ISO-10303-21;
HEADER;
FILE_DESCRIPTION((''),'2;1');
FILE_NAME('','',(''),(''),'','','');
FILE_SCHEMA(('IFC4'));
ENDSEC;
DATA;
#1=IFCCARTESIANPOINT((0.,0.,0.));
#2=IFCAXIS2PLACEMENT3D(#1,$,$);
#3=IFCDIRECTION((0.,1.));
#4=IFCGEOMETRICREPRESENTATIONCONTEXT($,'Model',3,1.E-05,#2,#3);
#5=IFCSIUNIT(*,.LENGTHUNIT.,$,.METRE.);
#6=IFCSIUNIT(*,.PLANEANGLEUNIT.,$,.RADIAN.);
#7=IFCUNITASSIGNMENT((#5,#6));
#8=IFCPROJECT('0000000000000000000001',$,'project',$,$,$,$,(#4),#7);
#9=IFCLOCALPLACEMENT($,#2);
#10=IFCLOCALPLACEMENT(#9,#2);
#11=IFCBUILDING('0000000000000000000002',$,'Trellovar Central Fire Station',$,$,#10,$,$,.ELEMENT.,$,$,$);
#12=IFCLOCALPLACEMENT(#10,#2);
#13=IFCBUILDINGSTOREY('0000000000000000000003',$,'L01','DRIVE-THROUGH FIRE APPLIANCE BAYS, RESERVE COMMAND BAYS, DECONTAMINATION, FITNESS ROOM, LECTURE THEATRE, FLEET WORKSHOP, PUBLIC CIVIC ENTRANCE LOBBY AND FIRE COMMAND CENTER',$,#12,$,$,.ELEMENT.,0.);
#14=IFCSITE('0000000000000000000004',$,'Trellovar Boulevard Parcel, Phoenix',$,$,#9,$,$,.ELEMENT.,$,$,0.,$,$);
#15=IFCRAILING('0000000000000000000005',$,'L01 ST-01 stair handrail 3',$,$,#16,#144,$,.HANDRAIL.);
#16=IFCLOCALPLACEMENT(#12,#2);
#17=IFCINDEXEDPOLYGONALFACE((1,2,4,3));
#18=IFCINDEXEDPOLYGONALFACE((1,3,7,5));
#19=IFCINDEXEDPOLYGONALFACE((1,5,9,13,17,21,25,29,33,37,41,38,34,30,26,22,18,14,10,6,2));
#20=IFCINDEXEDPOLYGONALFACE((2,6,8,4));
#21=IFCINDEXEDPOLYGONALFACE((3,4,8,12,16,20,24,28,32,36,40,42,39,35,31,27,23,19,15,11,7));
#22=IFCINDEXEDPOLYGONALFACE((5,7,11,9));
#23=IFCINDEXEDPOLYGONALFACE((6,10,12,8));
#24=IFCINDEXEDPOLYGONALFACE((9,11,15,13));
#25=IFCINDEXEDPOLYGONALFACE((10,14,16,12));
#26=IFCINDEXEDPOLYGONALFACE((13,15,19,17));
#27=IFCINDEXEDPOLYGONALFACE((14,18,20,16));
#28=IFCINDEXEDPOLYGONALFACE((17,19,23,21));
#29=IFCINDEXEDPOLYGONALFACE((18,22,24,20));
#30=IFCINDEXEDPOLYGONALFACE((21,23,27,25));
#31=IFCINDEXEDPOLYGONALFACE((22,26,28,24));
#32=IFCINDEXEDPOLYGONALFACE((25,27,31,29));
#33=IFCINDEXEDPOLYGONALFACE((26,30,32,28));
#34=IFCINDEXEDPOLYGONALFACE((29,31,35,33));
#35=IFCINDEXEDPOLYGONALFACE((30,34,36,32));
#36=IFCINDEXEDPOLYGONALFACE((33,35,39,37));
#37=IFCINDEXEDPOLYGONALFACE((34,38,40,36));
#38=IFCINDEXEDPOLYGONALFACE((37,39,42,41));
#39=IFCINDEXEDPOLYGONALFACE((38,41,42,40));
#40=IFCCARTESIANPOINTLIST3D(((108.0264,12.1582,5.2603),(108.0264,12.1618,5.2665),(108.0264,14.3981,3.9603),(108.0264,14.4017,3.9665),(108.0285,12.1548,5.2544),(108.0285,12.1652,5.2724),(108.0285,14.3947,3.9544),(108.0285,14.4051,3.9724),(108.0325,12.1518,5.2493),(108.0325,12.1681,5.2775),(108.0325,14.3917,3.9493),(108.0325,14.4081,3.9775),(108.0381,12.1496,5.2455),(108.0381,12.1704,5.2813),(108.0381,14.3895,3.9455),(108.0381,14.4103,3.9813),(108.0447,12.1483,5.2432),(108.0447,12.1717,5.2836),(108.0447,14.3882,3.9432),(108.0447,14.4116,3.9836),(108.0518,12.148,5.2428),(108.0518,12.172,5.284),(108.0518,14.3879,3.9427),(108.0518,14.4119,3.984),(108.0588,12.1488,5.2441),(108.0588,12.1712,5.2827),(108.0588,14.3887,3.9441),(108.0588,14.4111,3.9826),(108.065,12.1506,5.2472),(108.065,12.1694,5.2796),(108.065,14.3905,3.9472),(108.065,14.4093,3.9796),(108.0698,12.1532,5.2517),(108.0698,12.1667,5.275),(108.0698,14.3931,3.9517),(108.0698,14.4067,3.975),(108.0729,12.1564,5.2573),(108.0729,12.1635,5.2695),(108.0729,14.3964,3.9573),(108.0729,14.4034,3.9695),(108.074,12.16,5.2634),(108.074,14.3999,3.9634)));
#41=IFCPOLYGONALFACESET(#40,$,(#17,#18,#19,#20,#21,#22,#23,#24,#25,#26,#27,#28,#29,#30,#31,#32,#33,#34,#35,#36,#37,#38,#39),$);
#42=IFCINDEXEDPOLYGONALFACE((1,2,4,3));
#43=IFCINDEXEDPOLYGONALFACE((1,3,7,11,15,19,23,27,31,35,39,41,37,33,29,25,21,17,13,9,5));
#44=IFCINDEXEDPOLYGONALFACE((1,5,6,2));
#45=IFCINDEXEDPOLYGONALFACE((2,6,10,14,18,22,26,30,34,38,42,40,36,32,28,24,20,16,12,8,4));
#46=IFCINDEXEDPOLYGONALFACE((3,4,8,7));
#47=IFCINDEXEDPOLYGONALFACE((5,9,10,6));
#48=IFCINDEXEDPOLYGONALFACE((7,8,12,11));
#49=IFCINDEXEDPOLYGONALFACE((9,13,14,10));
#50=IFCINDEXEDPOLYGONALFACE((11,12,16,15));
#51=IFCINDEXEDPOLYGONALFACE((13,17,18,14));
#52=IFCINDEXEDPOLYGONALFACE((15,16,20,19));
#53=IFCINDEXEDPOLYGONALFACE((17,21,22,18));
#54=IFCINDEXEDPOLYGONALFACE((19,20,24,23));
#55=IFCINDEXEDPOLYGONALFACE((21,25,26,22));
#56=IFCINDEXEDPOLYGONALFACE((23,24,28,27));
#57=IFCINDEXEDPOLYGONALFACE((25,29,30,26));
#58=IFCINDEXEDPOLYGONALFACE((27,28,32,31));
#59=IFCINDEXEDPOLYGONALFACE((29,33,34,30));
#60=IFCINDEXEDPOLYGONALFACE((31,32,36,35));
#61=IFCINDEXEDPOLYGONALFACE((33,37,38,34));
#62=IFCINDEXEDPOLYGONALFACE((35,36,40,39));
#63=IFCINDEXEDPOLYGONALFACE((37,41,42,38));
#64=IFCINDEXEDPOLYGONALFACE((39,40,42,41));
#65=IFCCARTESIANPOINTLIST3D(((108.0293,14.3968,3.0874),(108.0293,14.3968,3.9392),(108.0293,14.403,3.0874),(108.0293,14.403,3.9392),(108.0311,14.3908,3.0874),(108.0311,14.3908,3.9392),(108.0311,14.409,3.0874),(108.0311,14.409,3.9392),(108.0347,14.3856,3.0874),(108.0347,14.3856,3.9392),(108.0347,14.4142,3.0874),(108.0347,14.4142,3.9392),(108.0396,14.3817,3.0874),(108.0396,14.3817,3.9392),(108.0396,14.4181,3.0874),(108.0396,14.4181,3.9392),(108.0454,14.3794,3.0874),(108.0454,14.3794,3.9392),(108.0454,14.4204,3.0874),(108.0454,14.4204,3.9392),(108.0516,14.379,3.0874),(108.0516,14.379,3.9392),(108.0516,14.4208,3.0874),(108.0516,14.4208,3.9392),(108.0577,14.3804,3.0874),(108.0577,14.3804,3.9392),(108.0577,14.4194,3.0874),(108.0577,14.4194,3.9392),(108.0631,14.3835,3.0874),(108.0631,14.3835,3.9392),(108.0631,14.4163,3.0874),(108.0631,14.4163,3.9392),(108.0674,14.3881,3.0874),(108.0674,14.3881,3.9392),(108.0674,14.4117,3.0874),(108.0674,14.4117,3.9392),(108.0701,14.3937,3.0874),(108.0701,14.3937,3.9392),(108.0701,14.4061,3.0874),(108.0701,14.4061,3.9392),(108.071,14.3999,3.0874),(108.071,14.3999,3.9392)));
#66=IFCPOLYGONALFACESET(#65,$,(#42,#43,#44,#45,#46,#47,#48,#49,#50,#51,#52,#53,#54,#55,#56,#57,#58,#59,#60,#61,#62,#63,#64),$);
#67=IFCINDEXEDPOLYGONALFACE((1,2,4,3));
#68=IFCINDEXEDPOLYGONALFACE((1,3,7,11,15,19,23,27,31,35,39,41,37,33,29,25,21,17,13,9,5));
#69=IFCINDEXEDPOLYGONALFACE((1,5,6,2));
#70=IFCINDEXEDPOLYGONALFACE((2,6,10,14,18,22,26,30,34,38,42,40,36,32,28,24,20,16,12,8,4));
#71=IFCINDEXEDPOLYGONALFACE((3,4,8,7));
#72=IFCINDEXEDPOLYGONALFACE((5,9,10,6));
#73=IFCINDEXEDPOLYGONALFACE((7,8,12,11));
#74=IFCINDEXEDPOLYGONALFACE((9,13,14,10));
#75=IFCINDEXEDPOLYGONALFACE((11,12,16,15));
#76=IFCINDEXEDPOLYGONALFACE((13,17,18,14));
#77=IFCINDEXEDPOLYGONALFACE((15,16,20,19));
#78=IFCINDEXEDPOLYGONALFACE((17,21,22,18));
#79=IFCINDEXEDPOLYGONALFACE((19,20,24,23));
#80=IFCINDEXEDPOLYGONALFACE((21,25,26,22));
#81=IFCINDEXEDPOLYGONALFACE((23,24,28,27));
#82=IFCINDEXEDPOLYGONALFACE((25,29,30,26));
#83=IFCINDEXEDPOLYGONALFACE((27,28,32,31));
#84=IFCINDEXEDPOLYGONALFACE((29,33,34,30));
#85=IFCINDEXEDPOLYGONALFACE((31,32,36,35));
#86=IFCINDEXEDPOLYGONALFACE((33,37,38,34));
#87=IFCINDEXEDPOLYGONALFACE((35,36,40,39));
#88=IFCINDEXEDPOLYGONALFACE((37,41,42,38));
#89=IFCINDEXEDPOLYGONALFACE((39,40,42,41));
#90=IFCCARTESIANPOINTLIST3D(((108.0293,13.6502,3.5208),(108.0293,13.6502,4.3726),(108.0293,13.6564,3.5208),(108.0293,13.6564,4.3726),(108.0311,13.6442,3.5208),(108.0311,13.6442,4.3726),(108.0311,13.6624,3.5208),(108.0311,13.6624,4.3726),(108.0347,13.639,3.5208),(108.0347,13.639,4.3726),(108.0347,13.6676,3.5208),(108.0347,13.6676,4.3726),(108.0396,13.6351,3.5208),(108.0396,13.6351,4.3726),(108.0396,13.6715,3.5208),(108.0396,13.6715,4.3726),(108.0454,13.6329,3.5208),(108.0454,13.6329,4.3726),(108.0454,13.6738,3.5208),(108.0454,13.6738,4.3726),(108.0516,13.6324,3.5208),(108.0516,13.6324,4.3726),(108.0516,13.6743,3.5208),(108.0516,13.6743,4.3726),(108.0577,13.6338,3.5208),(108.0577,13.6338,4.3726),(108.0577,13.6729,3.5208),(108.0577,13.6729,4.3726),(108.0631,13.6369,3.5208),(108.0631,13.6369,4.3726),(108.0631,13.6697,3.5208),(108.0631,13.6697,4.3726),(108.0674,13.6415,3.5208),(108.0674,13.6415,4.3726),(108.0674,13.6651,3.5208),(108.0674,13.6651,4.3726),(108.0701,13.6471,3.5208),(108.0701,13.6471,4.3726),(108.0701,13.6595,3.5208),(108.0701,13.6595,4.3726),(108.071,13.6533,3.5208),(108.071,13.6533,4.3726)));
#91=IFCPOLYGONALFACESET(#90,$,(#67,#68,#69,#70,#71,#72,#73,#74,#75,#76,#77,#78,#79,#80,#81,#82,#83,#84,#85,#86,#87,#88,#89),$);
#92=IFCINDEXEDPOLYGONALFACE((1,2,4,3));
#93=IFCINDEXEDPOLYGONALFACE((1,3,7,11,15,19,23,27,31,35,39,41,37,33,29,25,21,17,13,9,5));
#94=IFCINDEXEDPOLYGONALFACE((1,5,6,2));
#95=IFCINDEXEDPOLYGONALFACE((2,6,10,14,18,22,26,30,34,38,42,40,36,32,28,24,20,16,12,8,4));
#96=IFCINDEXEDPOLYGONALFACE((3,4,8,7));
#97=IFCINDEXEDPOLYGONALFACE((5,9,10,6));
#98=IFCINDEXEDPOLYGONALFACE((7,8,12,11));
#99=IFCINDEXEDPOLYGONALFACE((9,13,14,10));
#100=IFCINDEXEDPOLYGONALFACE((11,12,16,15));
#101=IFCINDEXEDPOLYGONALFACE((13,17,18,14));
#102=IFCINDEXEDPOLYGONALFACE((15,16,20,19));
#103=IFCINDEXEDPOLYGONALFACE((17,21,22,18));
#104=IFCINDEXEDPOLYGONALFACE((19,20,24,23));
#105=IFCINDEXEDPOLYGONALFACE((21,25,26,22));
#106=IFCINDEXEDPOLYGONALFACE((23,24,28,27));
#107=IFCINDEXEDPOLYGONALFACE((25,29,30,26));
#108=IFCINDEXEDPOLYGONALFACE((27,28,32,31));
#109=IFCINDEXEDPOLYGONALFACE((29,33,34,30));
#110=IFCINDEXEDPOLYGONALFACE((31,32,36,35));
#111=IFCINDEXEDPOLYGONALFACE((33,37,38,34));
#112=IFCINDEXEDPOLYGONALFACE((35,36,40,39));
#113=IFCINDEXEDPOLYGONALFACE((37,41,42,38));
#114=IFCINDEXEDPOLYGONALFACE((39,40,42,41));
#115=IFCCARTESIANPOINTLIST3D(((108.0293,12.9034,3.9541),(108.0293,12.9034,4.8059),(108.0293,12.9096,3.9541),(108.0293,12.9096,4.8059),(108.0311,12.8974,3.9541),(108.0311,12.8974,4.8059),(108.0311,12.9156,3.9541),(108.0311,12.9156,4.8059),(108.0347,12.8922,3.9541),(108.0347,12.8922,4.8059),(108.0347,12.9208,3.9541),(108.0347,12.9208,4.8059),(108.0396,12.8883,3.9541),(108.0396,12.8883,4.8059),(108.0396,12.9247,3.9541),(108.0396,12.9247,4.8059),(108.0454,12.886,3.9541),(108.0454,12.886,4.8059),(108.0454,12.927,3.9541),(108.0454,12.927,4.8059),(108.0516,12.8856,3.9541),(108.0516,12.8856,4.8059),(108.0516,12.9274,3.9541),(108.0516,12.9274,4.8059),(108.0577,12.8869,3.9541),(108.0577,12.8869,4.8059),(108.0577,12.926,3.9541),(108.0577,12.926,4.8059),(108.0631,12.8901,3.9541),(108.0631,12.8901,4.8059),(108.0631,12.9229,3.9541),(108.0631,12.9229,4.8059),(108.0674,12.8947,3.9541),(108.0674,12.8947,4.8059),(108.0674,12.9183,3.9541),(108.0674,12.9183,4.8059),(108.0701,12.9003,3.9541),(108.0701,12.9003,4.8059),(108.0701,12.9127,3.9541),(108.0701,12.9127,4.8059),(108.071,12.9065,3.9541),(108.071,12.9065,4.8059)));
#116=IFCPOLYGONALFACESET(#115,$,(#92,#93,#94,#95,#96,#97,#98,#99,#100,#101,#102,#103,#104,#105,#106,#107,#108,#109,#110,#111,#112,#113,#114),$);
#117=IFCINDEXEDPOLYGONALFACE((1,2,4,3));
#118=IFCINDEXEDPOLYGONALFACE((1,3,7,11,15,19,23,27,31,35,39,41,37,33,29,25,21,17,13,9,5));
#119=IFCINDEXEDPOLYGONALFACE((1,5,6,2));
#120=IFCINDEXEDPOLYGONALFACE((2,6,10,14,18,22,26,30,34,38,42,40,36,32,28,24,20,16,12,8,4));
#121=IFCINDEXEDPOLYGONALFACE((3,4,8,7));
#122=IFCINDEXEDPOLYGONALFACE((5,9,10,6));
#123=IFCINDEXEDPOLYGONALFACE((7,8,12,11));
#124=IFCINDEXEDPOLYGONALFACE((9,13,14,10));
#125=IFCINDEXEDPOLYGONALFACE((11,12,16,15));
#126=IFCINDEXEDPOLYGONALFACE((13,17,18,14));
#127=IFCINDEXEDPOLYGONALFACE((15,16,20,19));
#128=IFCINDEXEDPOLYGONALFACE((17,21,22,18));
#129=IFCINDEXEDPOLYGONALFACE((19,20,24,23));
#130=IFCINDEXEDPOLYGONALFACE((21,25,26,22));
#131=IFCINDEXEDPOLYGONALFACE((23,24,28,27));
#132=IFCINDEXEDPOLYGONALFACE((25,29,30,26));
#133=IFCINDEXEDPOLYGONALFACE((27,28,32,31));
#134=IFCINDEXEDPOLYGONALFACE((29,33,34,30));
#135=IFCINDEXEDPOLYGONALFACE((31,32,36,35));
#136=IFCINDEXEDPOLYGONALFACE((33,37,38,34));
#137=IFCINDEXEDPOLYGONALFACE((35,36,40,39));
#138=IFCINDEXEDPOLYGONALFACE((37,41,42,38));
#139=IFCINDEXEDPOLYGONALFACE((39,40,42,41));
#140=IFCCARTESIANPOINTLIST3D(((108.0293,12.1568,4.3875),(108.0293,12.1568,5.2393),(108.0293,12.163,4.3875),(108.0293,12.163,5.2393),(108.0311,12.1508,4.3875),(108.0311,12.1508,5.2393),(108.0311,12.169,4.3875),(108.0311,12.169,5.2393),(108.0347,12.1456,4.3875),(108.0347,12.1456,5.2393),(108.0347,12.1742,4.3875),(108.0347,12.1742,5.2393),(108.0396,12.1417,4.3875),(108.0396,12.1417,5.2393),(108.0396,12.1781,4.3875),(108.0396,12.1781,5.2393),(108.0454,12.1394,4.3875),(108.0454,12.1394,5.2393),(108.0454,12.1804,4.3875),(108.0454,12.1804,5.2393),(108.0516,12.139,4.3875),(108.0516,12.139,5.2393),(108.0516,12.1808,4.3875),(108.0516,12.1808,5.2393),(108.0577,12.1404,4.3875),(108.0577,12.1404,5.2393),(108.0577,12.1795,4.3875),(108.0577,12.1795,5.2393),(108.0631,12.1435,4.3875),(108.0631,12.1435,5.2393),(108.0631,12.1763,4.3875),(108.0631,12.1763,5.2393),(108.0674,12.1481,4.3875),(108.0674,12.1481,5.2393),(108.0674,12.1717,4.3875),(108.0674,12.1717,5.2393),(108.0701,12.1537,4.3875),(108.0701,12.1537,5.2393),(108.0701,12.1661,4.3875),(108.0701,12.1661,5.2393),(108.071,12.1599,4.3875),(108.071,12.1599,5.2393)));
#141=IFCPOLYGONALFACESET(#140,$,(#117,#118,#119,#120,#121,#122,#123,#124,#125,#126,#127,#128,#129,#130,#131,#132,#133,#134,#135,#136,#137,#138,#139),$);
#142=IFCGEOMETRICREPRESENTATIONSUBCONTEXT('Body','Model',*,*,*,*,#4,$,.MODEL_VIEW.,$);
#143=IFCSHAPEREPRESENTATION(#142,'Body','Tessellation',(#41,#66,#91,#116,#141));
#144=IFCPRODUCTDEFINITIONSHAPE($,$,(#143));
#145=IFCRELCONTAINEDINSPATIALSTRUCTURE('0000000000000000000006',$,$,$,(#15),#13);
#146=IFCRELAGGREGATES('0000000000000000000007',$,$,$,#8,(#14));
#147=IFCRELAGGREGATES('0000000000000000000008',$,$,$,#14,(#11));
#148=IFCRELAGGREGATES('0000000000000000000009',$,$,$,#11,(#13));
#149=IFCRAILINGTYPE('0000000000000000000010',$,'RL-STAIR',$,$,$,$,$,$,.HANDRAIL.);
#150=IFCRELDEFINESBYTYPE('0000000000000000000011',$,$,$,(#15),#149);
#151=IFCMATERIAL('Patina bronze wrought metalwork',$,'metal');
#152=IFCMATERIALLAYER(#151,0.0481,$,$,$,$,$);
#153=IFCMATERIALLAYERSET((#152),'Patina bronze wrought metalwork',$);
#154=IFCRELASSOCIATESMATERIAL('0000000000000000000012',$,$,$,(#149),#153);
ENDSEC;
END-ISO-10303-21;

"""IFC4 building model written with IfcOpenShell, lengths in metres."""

from ifc_helpers import new_model, si_unit, direction, frame, origin, origin_2d, place, context, subcontext, project, spatial, circle, extrude, material, layer, layer_set, type_object, element, save


model = new_model("IFC4")

# Units and contexts
model_context = context("Model", 3, precision=1e-05, world=origin(), true_north=direction((0.0, 1.0)))
body_context = subcontext(model_context, "Body", "Model", "MODEL_VIEW")
ifc_project = project(units=[si_unit("LENGTHUNIT", "METRE"), si_unit("PLANEANGLEUNIT", "RADIAN")], contexts=[model_context])

# Site, building, storey
site_placement = place(None, origin())
site = spatial("IfcSite", under=ifc_project, at=site_placement, Name="Trellovar Boulevard Parcel, Phoenix", CompositionType="ELEMENT", RefElevation=0.0)
building_placement = place(site_placement, origin())
building = spatial("IfcBuilding", under=site, at=building_placement, Name="Trellovar Central Fire Station", CompositionType="ELEMENT")
storey_placement = place(building_placement, origin())
storey = spatial("IfcBuildingStorey", under=building, at=storey_placement, Name="L01", Description="DRIVE-THROUGH FIRE APPLIANCE BAYS, RESERVE COMMAND BAYS, DECONTAMINATION, FITNESS ROOM, LECTURE THEATRE, FLEET WORKSHOP, PUBLIC CIVIC ENTRANCE LOBBY AND FIRE COMMAND CENTER", CompositionType="ELEMENT", Elevation=0.0)

# Railing
ifc_material_1 = material(Name="Patina bronze wrought metalwork", Category="metal")
ifc_layer_1 = layer(ifc_material_1, 0.0481)
ifc_layer_set_1 = layer_set([ifc_layer_1], Name="Patina bronze wrought metalwork")
railing_type_1 = type_object("IfcRailingType", Name="RL-STAIR", PredefinedType="HANDRAIL", material=ifc_layer_set_1)
railing_1_placement = place(storey_placement, frame((108.05, 14.3999, 3.0874)))
element("IfcRailing", 1, at=railing_1_placement, inside=storey, type_object=railing_type_1, Name="L01 ST-01 stair handrail 3", PredefinedType="HANDRAIL", context=body_context, shape_type="SweptSolid", body=[
    extrude(circle(Radius=0.0239, at=origin_2d()), frame((0.0, 0.0, 0.876), z_axis=(0.0, -0.864888, 0.501965), x_axis=(1.0, 0.0, 0.0)), (0.0, 0.0, 1.0), 2.5898),
    extrude(circle(Radius=0.021, at=origin_2d()), origin(), (0.0, 0.0, 1.0), 0.8518),
    extrude(circle(Radius=0.021, at=origin_2d()), frame((0.0, -0.7466, 0.4333)), (0.0, 0.0, 1.0), 0.8518),
    extrude(circle(Radius=0.021, at=origin_2d()), frame((0.0, -1.4934, 0.8667)), (0.0, 0.0, 1.0), 0.8518),
    extrude(circle(Radius=0.021, at=origin_2d()), frame((0.0, -2.24, 1.3)), (0.0, 0.0, 1.0), 0.8518),
])

save(model, "model.ifc")
